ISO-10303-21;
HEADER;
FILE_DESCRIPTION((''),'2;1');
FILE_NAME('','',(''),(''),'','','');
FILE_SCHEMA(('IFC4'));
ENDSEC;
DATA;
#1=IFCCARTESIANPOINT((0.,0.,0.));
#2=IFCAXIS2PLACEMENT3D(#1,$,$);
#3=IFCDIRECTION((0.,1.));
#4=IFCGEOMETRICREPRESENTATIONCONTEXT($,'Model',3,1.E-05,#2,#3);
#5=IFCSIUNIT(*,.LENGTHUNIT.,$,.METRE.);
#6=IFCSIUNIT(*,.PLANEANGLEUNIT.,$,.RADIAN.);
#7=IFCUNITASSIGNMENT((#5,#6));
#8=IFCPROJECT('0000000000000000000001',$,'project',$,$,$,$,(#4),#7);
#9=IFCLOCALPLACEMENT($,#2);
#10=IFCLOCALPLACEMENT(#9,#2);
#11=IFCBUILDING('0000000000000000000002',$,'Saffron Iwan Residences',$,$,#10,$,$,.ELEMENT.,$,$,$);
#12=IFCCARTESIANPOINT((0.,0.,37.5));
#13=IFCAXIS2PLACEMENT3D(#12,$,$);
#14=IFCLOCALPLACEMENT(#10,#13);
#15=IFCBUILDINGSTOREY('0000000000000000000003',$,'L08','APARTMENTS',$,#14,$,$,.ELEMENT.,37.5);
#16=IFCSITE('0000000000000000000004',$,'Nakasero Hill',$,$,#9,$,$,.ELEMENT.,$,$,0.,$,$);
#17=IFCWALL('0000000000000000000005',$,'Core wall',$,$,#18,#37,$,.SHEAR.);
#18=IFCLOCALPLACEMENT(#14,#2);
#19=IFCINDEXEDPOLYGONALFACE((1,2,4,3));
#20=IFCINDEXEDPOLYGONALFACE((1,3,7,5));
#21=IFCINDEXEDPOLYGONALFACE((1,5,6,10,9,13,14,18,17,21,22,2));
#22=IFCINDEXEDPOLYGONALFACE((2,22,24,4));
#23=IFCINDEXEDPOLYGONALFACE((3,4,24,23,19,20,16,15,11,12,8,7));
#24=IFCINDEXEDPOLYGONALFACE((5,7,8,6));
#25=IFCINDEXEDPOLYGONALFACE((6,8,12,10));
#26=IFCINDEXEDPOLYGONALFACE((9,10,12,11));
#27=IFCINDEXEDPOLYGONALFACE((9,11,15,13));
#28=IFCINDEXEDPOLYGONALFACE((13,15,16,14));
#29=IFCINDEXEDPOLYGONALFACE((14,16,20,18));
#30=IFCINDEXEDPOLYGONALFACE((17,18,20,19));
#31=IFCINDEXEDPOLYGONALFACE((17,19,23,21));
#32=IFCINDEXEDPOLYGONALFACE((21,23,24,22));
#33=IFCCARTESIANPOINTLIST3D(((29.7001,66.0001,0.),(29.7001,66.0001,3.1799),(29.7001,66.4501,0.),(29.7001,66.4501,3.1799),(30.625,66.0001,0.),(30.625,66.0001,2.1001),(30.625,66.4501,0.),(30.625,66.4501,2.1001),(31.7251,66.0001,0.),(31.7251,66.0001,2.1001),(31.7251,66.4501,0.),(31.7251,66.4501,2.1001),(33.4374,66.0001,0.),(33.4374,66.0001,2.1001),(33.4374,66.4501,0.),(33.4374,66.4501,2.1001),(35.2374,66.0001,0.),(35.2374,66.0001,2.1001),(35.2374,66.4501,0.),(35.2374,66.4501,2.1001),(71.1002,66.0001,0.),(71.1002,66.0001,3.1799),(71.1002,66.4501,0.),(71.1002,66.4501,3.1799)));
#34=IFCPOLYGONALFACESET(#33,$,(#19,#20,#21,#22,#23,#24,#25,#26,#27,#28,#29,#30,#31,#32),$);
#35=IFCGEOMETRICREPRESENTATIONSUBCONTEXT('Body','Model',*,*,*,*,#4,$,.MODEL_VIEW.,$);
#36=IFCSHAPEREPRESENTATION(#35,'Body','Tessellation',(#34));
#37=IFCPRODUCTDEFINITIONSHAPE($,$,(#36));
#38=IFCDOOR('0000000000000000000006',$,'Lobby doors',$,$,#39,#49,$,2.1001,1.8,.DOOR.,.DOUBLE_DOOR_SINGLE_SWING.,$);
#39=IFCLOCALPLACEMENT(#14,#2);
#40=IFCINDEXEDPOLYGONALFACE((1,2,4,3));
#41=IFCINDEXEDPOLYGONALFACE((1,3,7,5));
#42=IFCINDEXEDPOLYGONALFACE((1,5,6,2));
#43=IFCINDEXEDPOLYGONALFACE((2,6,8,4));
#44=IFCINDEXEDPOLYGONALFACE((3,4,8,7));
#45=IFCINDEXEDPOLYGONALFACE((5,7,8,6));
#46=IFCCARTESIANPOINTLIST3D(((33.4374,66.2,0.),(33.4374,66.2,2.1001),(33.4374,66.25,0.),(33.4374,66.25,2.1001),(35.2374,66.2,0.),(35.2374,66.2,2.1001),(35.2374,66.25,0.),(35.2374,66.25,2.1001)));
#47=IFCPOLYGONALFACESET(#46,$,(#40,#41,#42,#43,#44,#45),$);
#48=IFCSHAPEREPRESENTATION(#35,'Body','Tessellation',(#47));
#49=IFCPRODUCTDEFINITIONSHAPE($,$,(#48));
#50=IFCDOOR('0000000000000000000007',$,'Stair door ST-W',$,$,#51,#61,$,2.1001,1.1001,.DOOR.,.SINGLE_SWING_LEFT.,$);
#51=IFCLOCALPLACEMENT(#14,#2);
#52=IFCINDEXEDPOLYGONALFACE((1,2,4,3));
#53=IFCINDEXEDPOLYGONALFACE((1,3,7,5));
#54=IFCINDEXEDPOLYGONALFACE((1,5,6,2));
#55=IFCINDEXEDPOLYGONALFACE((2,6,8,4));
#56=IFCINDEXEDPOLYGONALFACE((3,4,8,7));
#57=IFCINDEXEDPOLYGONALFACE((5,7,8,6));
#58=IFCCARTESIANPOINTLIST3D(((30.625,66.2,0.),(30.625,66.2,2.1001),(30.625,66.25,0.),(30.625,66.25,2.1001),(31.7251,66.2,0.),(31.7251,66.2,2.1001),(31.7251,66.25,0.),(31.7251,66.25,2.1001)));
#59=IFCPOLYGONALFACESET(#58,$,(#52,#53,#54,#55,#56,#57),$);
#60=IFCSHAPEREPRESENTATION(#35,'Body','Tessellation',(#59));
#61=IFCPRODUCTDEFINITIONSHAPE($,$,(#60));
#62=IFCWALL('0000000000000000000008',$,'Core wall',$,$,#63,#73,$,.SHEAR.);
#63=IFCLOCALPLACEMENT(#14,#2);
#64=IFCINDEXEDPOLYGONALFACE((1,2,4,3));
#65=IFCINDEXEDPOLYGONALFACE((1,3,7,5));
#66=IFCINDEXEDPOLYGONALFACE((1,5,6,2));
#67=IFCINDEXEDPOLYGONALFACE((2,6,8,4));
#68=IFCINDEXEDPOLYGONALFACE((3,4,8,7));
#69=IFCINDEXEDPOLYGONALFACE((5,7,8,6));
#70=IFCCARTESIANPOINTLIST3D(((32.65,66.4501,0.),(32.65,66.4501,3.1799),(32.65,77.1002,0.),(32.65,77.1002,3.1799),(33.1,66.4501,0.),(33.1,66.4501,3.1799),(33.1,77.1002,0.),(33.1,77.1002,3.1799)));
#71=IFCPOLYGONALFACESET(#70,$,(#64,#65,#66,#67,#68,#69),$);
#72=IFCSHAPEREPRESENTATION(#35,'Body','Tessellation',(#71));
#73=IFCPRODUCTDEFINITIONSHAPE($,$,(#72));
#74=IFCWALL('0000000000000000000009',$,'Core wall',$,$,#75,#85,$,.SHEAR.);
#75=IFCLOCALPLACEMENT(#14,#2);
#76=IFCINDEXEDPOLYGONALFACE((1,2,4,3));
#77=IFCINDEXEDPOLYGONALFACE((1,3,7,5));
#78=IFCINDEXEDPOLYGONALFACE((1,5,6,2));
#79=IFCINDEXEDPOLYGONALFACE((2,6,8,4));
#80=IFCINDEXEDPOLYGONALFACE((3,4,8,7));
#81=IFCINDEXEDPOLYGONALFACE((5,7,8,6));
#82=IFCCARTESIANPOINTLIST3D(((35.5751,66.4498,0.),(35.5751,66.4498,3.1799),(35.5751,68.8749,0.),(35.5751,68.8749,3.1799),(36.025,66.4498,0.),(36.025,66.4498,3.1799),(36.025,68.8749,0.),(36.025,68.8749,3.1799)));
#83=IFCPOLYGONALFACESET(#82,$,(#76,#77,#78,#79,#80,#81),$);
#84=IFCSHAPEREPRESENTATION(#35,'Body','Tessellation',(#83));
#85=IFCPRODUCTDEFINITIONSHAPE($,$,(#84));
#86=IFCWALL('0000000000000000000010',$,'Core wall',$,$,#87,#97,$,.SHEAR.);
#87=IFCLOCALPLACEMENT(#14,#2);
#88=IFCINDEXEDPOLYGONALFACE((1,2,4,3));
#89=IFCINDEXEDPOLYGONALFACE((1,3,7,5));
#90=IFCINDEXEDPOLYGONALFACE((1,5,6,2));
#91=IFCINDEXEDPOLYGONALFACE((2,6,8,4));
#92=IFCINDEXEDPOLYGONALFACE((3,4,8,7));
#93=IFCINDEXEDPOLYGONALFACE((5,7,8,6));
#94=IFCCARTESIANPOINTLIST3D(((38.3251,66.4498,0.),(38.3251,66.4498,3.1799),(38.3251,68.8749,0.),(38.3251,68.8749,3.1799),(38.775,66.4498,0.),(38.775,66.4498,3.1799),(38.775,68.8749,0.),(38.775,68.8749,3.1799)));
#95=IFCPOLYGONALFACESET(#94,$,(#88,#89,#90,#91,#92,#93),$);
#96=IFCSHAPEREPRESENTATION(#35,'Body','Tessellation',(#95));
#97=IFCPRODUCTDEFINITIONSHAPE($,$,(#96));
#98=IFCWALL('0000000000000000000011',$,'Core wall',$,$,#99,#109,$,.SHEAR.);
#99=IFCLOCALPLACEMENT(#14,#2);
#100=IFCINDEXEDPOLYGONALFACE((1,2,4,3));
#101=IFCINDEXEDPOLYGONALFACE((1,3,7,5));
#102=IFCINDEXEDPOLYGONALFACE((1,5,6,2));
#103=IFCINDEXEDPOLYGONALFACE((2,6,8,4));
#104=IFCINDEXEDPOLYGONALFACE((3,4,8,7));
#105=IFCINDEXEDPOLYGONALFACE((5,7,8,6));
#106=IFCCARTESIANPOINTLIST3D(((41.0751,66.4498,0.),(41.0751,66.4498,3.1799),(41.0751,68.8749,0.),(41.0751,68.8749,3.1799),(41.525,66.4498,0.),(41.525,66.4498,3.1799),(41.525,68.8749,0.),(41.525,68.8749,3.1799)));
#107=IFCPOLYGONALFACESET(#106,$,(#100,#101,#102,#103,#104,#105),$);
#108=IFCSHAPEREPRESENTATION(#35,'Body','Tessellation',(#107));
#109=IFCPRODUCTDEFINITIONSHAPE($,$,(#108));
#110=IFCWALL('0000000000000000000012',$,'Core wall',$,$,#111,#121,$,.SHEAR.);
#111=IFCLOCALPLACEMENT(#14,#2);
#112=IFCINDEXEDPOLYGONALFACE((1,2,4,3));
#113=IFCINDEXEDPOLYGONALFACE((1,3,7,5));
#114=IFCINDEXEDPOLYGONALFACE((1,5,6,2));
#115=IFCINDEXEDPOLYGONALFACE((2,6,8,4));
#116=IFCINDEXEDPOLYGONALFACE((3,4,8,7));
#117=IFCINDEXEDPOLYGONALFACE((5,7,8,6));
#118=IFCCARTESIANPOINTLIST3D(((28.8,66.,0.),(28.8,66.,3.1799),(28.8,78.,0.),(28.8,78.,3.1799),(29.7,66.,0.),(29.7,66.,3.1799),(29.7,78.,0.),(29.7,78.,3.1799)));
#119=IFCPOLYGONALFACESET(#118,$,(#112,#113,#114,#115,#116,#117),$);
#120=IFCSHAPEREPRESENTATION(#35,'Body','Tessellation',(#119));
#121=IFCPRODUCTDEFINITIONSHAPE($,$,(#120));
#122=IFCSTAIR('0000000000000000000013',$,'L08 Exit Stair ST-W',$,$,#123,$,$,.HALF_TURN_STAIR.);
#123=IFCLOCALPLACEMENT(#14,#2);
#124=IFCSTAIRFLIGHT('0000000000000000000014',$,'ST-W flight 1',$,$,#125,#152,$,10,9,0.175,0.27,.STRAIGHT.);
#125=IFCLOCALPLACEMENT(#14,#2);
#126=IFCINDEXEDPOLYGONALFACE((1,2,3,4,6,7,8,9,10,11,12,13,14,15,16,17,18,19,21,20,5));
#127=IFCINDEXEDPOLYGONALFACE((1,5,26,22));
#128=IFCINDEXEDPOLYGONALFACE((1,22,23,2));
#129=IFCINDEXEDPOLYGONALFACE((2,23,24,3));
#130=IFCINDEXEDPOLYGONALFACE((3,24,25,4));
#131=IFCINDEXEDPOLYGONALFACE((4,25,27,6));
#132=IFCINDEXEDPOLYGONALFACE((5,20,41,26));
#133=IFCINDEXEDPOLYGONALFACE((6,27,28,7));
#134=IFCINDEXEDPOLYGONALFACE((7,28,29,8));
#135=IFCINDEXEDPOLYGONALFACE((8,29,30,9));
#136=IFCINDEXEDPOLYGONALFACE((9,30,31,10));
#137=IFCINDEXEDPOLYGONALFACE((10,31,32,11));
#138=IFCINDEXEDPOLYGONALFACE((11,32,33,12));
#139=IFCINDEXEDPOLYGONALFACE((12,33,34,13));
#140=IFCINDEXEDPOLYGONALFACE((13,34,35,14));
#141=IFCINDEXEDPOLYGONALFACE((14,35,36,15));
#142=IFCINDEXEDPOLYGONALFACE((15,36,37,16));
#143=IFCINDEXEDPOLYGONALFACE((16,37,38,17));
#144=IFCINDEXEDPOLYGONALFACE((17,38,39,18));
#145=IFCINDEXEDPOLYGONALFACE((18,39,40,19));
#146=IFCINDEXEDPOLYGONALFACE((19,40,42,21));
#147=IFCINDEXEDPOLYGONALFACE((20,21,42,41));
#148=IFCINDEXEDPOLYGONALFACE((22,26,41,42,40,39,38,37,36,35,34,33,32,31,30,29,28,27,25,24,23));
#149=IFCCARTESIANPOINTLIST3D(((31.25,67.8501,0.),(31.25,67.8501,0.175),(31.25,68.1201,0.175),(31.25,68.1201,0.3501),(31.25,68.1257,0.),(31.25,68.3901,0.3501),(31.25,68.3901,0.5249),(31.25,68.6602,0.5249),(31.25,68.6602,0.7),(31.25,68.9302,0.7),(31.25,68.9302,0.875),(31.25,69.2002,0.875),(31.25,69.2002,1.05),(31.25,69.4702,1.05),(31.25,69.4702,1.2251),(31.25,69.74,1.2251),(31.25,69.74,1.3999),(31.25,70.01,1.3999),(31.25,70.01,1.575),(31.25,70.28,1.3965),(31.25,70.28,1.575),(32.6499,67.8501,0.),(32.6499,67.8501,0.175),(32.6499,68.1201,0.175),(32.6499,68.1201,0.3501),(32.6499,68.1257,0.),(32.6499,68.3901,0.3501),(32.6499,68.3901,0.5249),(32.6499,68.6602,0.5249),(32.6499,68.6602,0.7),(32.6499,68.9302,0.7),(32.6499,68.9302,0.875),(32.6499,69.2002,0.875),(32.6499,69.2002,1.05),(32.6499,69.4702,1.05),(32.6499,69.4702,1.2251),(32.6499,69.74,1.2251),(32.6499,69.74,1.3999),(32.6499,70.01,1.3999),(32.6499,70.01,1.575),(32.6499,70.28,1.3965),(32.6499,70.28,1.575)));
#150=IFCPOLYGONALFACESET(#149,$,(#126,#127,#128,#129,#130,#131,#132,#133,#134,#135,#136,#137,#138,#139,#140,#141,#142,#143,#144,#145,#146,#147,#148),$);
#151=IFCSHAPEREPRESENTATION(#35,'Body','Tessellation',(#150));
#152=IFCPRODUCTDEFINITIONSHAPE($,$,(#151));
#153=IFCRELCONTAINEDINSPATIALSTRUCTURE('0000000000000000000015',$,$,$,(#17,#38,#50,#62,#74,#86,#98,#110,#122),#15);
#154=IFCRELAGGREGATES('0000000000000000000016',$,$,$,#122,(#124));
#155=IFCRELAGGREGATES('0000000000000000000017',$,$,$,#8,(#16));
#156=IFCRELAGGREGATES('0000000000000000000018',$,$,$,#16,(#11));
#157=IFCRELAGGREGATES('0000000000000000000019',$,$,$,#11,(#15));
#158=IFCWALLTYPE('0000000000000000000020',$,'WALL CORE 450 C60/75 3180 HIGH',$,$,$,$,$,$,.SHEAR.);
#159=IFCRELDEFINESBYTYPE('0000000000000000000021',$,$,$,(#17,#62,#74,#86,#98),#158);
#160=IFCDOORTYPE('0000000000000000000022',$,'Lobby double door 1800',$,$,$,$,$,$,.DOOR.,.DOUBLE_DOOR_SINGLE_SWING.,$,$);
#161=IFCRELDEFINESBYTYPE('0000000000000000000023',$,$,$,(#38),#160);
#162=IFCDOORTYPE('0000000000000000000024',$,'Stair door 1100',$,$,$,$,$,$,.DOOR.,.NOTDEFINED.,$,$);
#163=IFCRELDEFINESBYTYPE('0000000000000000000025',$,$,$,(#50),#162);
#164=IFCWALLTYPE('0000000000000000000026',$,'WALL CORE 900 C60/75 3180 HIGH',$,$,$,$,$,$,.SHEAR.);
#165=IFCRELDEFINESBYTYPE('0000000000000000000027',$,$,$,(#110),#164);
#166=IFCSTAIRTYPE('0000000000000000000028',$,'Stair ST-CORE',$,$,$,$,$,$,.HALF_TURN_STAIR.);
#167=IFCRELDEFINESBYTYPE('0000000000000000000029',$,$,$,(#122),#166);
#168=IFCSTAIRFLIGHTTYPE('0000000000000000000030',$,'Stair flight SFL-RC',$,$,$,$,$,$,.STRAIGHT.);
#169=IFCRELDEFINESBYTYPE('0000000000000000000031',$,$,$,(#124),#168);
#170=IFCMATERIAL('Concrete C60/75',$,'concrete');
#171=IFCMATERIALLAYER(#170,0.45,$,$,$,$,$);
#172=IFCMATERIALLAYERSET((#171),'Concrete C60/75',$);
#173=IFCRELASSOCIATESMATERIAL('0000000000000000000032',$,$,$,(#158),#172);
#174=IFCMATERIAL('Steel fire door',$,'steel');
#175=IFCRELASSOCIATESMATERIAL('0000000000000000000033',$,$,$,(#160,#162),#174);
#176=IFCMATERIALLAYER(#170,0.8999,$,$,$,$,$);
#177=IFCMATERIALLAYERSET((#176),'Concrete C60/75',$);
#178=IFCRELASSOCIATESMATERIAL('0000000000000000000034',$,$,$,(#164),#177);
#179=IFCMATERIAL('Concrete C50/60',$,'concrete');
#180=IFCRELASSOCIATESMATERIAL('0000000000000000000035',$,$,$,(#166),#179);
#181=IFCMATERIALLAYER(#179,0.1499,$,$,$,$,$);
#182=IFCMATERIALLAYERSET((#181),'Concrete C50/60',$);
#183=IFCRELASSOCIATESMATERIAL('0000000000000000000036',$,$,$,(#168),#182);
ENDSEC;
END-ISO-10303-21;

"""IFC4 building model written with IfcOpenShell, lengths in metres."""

from ifc_helpers import new_model, si_unit, direction, frame, frame_2d, origin, place, context, subcontext, project, spatial, polyline, rectangle, outline, extrude, material, layer, layer_set, type_object, element, fill, aggregate, save


model = new_model("IFC4")

# Units and contexts
model_context = context("Model", 3, precision=1e-05, world=origin(), true_north=direction((0.0, 1.0)))
body_context = subcontext(model_context, "Body", "Model", "MODEL_VIEW")
ifc_project = project(units=[si_unit("LENGTHUNIT", "METRE"), si_unit("PLANEANGLEUNIT", "RADIAN")], contexts=[model_context])

# Site, building, storey
site_placement = place(None, origin())
site = spatial("IfcSite", under=ifc_project, at=site_placement, Name="Nakasero Hill", CompositionType="ELEMENT", RefElevation=0.0)
building_placement = place(site_placement, origin())
building = spatial("IfcBuilding", under=site, at=building_placement, Name="Saffron Iwan Residences", CompositionType="ELEMENT")
storey_placement = place(building_placement, frame((0.0, 0.0, 37.5)))
storey = spatial("IfcBuildingStorey", under=building, at=storey_placement, Name="L08", Description="APARTMENTS", CompositionType="ELEMENT", Elevation=37.5)

# Shared definitions
ifc_material_1 = material(Name="Concrete C60/75", Category="concrete")

# Wall, openings, doors
ifc_layer_1 = layer(ifc_material_1, 0.45)
ifc_layer_set_1 = layer_set([ifc_layer_1], Name="Concrete C60/75")
wall_type_1 = type_object("IfcWallType", Name="WALL CORE 450 C60/75 3180 HIGH", PredefinedType="SHEAR", material=ifc_layer_set_1)
wall_1_placement = place(storey_placement, frame((29.7, 66.2251, 0.0), z_axis=(0.0, 0.0, 1.0), x_axis=(1.0, 0.0, 0.0)))
wall_1 = element("IfcWall", 1, at=wall_1_placement, inside=storey, type_object=wall_type_1, Name="Core wall", PredefinedType="SHEAR", context=body_context, shape_type="SweptSolid", body=[
    extrude(rectangle(XDim=41.4001, YDim=0.45, at=frame_2d((20.7002, 0.0))), origin(), (0.0, 0.0, 1.0), 3.1799),
])
opening_1_placement = place(wall_1_placement, frame((0.925, 0.0, 0.0)))
opening_1 = element("IfcOpeningElement", 2, at=opening_1_placement, cuts=wall_1, PredefinedType="OPENING", context=body_context, shape_type="SweptSolid", body=[
    extrude(rectangle(XDim=1.1001, YDim=2.1001, at=frame_2d((0.55, 1.05))), frame((0.0, 0.2349, 0.0), z_axis=(0.0, -1.0, 0.0), x_axis=(1.0, 0.0, 0.0)), (0.0, 0.0, 1.0), 0.47),
])
opening_2_placement = place(wall_1_placement, frame((3.7375, 0.0, 0.0)))
opening_2 = element("IfcOpeningElement", 3, at=opening_2_placement, cuts=wall_1, PredefinedType="OPENING", context=body_context, shape_type="SweptSolid", body=[
    extrude(rectangle(XDim=1.8, YDim=2.1001, at=frame_2d((0.8999, 1.05))), frame((0.0, 0.2349, 0.0), z_axis=(0.0, -1.0, 0.0), x_axis=(1.0, 0.0, 0.0)), (0.0, 0.0, 1.0), 0.47),
])
ifc_material_2 = material(Name="Steel fire door", Category="steel")
door_type_1 = type_object("IfcDoorType", Name="Lobby double door 1800", OperationType="DOUBLE_DOOR_SINGLE_SWING", PredefinedType="DOOR", material=ifc_material_2)
door_1_placement = place(opening_2_placement, origin())
door_1 = element("IfcDoor", 4, at=door_1_placement, inside=storey, type_object=door_type_1, Name="Lobby doors", OperationType="DOUBLE_DOOR_SINGLE_SWING", OverallHeight=2.1001, OverallWidth=1.8, PredefinedType="DOOR", context=body_context, shape_type="SweptSolid", body=[
    extrude(rectangle(XDim=1.8, YDim=2.1001, at=frame_2d((0.8999, 1.05))), frame((0.0, 0.0249, 0.0), z_axis=(0.0, -1.0, 0.0), x_axis=(1.0, 0.0, 0.0)), (0.0, 0.0, 1.0), 0.05),
])
fill(opening_2, door_1)
door_type_2 = type_object("IfcDoorType", Name="Stair door 1100", OperationType="NOTDEFINED", PredefinedType="DOOR", material=ifc_material_2)
door_2_placement = place(opening_1_placement, origin())
door_2 = element("IfcDoor", 5, at=door_2_placement, inside=storey, type_object=door_type_2, Name="Stair door ST-W", OperationType="SINGLE_SWING_LEFT", OverallHeight=2.1001, OverallWidth=1.1001, PredefinedType="DOOR", context=body_context, shape_type="SweptSolid", body=[
    extrude(rectangle(XDim=1.1001, YDim=2.1001, at=frame_2d((0.55, 1.05))), frame((0.0, 0.0249, 0.0), z_axis=(0.0, -1.0, 0.0), x_axis=(1.0, 0.0, 0.0)), (0.0, 0.0, 1.0), 0.05),
])
fill(opening_1, door_2)

# Walls
wall_2_placement = place(storey_placement, frame((32.875, 66.45, 0.0), z_axis=(0.0, 0.0, 1.0), x_axis=(0.0, 1.0, 0.0)))
element("IfcWall", 6, at=wall_2_placement, inside=storey, type_object=wall_type_1, Name="Core wall", PredefinedType="SHEAR", context=body_context, shape_type="SweptSolid", body=[
    extrude(rectangle(XDim=10.6501, YDim=0.45, at=frame_2d((5.3252, 0.0))), origin(), (0.0, 0.0, 1.0), 3.1799),
])
for number, where, z_axis, x_axis, name in (
    (7, (35.8, 66.45, 0.0), (0.0, 0.0, 1.0), (0.0, 1.0, 0.0), "Core wall"),
    (8, (38.55, 66.45, 0.0), (0.0, 0.0, 1.0), (0.0, 1.0, 0.0), "Core wall"),
    (9, (41.3, 66.45, 0.0), (0.0, 0.0, 1.0), (0.0, 1.0, 0.0), "Core wall"),
):
    element("IfcWall", number, at=place(storey_placement, frame(where, z_axis=z_axis, x_axis=x_axis)), inside=storey, type_object=wall_type_1, Name=name, PredefinedType="SHEAR", context=body_context, shape_type="SweptSolid", body=[
        extrude(rectangle(XDim=2.425, YDim=0.45, at=frame_2d((1.2124, 0.0))), origin(), (0.0, 0.0, 1.0), 3.1799),
    ])
ifc_layer_2 = layer(ifc_material_1, 0.8999)
ifc_layer_set_2 = layer_set([ifc_layer_2], Name="Concrete C60/75")
wall_type_2 = type_object("IfcWallType", Name="WALL CORE 900 C60/75 3180 HIGH", PredefinedType="SHEAR", material=ifc_layer_set_2)
wall_3_placement = place(storey_placement, frame((29.25, 66.0, 0.0), z_axis=(0.0, 0.0, 1.0), x_axis=(0.0, 1.0, 0.0)))
element("IfcWall", 10, at=wall_3_placement, inside=storey, type_object=wall_type_2, Name="Core wall", PredefinedType="SHEAR", context=body_context, shape_type="SweptSolid", body=[
    extrude(rectangle(XDim=12.0, YDim=0.8999, at=frame_2d((6.0, 0.0))), origin(), (0.0, 0.0, 1.0), 3.1799),
])

# Stair, stair flight
ifc_material_3 = material(Name="Concrete C50/60", Category="concrete")
stair_type = type_object("IfcStairType", Name="Stair ST-CORE", PredefinedType="HALF_TURN_STAIR", material=ifc_material_3)
stair_placement = place(storey_placement, origin())
stair = element("IfcStair", 11, at=stair_placement, inside=storey, type_object=stair_type, Name="L08 Exit Stair ST-W", PredefinedType="HALF_TURN_STAIR")
ifc_layer_3 = layer(ifc_material_3, 0.1499)
ifc_layer_set_3 = layer_set([ifc_layer_3], Name="Concrete C50/60")
stair_flight_type = type_object("IfcStairFlightType", Name="Stair flight SFL-RC", PredefinedType="STRAIGHT", material=ifc_layer_set_3)
stair_flight_placement = place(storey_placement, frame((31.95, 67.8501, 0.0), z_axis=(0.0, 0.0, 1.0), x_axis=(0.0, 1.0, 0.0)))
stair_flight = element("IfcStairFlight", 12, at=stair_flight_placement, type_object=stair_flight_type, Name="ST-W flight 1", NumberOfRisers=10, NumberOfTreads=9, PredefinedType="STRAIGHT", RiserHeight=0.175, TreadLength=0.27, context=body_context, shape_type="SweptSolid", body=[
    extrude(outline(polyline([(0.0, 0.0), (0.0, 0.175), (0.27, 0.175), (0.27, 0.3501), (0.54, 0.3501), (0.54, 0.5249), (0.8101, 0.5249), (0.8101, 0.7), (1.0801, 0.7), (1.0801, 0.875), (1.3501, 0.875), (1.3501, 1.05), (1.6201, 1.05), (1.6201, 1.2251), (1.8899, 1.2251), (1.8899, 1.3999), (2.1599, 1.3999), (2.1599, 1.575), (2.4299, 1.575), (2.4299, 1.75), (2.4299, 1.3965), (0.2756, 0.0), (0.0, 0.0)])), frame((0.0, 0.7, 0.0), z_axis=(0.0, -1.0, 0.0), x_axis=(1.0, 0.0, 0.0)), (0.0, 0.0, 1.0), 1.3999),
])
aggregate(stair, [stair_flight])

save(model, "model.ifc")
